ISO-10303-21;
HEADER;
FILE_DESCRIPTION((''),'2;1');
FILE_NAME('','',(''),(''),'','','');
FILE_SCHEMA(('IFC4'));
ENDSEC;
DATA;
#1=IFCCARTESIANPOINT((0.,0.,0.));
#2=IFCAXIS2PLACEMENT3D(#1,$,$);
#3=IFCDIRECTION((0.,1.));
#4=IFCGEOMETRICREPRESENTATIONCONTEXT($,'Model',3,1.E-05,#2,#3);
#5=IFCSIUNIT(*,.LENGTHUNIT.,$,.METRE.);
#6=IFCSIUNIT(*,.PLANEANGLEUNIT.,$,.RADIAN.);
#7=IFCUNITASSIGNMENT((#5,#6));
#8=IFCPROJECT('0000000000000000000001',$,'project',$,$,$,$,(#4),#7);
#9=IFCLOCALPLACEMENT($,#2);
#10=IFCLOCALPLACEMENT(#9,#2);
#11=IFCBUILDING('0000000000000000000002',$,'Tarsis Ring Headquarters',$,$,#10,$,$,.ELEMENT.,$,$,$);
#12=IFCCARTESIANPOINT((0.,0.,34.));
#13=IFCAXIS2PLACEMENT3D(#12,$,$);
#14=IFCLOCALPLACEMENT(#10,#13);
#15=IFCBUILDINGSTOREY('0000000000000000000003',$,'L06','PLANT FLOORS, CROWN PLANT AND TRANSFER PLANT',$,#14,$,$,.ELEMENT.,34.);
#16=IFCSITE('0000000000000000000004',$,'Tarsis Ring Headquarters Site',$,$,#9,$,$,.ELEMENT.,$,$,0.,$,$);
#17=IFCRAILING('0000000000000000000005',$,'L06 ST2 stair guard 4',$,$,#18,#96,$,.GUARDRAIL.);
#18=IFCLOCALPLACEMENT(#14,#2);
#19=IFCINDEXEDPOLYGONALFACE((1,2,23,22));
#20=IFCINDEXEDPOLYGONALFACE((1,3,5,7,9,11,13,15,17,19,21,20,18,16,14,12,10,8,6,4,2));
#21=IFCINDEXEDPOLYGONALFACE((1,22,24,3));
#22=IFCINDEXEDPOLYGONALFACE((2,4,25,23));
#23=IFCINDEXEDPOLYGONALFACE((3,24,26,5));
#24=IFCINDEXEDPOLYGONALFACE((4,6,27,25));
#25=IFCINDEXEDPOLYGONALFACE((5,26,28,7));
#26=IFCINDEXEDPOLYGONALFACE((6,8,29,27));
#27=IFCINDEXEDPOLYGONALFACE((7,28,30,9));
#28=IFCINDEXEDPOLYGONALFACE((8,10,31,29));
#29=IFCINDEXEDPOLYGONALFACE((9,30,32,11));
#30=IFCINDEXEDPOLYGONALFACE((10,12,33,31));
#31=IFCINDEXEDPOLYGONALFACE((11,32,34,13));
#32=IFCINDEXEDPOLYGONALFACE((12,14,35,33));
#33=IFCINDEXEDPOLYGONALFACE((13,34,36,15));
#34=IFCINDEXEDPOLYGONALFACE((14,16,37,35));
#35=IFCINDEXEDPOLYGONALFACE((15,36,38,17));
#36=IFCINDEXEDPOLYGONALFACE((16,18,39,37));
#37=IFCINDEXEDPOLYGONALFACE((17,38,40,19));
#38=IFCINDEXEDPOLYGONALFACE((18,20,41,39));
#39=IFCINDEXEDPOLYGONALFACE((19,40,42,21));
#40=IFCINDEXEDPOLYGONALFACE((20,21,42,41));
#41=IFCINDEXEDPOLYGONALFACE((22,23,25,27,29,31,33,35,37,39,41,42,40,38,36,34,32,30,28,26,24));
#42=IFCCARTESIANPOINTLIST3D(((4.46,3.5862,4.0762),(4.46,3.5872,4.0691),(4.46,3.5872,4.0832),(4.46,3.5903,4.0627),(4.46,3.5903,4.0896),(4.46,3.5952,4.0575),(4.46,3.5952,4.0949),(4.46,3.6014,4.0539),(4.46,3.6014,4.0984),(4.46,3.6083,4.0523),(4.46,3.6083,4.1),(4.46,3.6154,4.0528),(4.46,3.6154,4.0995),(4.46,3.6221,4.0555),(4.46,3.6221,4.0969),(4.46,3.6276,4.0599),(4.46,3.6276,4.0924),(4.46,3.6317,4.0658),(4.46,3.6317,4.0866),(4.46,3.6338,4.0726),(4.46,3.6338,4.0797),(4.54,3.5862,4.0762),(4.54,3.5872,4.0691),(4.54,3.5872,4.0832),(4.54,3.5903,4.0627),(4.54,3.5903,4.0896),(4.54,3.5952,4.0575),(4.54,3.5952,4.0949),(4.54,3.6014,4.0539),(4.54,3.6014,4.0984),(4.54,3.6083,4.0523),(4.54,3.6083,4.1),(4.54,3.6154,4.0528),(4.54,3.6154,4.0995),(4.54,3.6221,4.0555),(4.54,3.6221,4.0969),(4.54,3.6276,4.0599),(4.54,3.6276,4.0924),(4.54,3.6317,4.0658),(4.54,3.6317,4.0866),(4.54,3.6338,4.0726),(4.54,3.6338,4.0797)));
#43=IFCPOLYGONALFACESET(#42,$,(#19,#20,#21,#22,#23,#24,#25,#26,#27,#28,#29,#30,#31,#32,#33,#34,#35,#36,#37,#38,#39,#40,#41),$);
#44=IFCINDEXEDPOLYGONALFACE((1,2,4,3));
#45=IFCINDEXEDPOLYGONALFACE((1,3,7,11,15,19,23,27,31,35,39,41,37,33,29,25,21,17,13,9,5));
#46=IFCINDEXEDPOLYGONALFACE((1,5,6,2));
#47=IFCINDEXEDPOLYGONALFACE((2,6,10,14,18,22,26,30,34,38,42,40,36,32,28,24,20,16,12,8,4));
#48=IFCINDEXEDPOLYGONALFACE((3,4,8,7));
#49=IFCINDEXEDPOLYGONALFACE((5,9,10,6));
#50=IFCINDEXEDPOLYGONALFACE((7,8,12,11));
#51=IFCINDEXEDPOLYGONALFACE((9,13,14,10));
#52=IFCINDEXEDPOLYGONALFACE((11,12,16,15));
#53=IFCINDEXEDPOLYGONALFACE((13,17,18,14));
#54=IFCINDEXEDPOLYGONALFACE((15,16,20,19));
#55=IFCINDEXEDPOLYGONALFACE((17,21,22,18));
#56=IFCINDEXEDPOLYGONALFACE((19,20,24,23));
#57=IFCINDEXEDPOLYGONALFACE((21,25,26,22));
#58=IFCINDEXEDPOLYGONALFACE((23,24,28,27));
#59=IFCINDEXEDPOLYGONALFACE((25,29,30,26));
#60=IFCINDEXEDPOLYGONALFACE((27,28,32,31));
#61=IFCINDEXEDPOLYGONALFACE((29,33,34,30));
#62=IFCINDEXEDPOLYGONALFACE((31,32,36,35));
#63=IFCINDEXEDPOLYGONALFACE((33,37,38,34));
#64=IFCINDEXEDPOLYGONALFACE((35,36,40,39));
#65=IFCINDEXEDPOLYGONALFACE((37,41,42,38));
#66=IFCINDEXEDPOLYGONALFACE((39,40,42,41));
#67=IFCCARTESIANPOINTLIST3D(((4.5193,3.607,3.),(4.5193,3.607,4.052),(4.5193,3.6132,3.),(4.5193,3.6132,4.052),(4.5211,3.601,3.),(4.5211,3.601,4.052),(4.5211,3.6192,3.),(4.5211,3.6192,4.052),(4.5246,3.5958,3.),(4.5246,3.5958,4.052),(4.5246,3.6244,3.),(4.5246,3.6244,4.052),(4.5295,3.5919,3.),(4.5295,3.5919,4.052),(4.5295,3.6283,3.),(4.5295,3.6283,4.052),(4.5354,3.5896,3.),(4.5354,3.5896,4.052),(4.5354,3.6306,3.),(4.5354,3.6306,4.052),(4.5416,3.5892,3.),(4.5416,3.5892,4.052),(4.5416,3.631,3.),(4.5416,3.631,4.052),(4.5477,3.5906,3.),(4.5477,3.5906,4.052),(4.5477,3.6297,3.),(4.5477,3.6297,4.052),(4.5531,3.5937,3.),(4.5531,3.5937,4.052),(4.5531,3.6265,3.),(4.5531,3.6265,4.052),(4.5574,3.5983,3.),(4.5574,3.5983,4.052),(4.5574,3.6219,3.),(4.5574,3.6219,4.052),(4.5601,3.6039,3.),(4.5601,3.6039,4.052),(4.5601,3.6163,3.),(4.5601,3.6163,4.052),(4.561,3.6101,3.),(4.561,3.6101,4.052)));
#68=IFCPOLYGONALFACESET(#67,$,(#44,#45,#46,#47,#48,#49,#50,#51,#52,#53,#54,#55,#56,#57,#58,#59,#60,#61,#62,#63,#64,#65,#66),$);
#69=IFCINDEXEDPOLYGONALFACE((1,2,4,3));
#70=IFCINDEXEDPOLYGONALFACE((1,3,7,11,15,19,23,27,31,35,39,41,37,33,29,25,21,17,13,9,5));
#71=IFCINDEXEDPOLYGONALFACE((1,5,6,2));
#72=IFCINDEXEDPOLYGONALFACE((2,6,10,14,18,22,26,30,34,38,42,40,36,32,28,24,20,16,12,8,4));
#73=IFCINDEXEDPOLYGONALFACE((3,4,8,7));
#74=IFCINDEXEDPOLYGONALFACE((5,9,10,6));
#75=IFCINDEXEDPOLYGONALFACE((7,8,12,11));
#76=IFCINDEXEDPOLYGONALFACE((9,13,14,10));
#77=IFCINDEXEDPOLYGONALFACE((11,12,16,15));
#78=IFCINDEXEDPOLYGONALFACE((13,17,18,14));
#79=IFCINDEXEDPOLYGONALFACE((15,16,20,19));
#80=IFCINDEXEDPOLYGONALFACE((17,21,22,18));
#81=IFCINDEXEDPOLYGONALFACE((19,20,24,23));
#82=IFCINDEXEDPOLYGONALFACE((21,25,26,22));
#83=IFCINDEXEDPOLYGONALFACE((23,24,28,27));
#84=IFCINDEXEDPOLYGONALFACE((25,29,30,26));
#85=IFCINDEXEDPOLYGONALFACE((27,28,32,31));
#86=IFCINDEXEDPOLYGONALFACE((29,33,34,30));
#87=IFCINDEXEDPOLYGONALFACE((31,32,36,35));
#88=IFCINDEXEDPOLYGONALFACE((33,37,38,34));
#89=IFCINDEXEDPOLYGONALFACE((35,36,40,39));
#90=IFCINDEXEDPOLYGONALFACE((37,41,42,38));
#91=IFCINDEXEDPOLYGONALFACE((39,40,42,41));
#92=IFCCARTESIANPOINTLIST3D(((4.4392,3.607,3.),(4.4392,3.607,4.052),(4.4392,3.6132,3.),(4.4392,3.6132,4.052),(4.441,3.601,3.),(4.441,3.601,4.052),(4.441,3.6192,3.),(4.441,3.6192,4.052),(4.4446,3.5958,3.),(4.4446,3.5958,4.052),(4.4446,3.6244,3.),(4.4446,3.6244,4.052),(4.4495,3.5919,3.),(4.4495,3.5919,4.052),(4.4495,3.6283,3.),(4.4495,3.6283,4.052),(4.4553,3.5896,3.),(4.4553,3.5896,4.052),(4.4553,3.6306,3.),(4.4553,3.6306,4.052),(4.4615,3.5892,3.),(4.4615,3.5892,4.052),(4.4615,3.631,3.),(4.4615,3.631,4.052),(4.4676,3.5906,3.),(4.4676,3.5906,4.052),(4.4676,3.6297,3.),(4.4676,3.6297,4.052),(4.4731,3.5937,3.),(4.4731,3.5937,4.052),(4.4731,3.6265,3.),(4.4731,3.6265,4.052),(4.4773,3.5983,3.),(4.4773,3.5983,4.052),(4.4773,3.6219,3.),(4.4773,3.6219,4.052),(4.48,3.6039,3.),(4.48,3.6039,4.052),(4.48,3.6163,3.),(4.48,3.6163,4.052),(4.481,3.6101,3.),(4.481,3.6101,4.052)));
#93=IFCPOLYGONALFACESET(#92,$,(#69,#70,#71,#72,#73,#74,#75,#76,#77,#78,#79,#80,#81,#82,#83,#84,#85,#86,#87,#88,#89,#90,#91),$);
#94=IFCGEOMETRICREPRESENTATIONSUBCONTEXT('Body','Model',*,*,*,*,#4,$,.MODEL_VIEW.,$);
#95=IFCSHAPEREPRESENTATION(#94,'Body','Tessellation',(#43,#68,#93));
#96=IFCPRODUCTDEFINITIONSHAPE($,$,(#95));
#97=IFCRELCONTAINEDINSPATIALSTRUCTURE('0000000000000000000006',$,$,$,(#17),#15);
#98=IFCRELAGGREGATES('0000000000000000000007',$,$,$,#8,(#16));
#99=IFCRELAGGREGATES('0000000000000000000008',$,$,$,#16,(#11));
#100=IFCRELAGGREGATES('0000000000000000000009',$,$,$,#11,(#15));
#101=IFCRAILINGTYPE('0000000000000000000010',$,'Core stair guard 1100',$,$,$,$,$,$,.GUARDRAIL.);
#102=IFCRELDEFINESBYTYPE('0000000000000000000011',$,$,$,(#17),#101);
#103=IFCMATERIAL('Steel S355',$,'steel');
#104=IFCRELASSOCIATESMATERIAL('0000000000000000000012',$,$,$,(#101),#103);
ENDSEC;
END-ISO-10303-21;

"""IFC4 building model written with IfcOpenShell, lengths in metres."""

from ifc_helpers import new_model, si_unit, direction, frame, origin, origin_2d, place, context, subcontext, project, spatial, circle, extrude, material, type_object, element, save


model = new_model("IFC4")

# Units and contexts
model_context = context("Model", 3, precision=1e-05, world=origin(), true_north=direction((0.0, 1.0)))
body_context = subcontext(model_context, "Body", "Model", "MODEL_VIEW")
ifc_project = project(units=[si_unit("LENGTHUNIT", "METRE"), si_unit("PLANEANGLEUNIT", "RADIAN")], contexts=[model_context])

# Site, building, storey
site_placement = place(None, origin())
site = spatial("IfcSite", under=ifc_project, at=site_placement, Name="Tarsis Ring Headquarters Site", CompositionType="ELEMENT", RefElevation=0.0)
building_placement = place(site_placement, origin())
building = spatial("IfcBuilding", under=site, at=building_placement, Name="Tarsis Ring Headquarters", CompositionType="ELEMENT")
storey_placement = place(building_placement, frame((0.0, 0.0, 34.0)))
storey = spatial("IfcBuildingStorey", under=building, at=storey_placement, Name="L06", Description="PLANT FLOORS, CROWN PLANT AND TRANSFER PLANT", CompositionType="ELEMENT", Elevation=34.0)

# Shared definitions
ifc_material_1 = material(Name="Steel S355", Category="steel")

# Railing
railing_type_1 = type_object("IfcRailingType", Name="Core stair guard 1100", PredefinedType="GUARDRAIL", material=ifc_material_1)
railing_1_placement = place(storey_placement, frame((4.54, 3.6101, 3.0)))
element("IfcRailing", 1, at=railing_1_placement, inside=storey, type_object=railing_type_1, Name="L06 ST2 stair guard 4", PredefinedType="GUARDRAIL", context=body_context, shape_type="SweptSolid", body=[
    extrude(circle(Radius=0.0239, at=origin_2d()), frame((0.0, 0.0, 1.0762), z_axis=(-1.0, 0.0, 0.0), x_axis=(0.0, -1.0, 0.0)), (0.0, 0.0, 1.0), 0.0801),
    extrude(circle(Radius=0.021, at=origin_2d()), origin(), (0.0, 0.0, 1.0), 1.052),
    extrude(circle(Radius=0.021, at=origin_2d()), frame((-0.0801, 0.0, 0.0)), (0.0, 0.0, 1.0), 1.052),
])

save(model, "model.ifc")
